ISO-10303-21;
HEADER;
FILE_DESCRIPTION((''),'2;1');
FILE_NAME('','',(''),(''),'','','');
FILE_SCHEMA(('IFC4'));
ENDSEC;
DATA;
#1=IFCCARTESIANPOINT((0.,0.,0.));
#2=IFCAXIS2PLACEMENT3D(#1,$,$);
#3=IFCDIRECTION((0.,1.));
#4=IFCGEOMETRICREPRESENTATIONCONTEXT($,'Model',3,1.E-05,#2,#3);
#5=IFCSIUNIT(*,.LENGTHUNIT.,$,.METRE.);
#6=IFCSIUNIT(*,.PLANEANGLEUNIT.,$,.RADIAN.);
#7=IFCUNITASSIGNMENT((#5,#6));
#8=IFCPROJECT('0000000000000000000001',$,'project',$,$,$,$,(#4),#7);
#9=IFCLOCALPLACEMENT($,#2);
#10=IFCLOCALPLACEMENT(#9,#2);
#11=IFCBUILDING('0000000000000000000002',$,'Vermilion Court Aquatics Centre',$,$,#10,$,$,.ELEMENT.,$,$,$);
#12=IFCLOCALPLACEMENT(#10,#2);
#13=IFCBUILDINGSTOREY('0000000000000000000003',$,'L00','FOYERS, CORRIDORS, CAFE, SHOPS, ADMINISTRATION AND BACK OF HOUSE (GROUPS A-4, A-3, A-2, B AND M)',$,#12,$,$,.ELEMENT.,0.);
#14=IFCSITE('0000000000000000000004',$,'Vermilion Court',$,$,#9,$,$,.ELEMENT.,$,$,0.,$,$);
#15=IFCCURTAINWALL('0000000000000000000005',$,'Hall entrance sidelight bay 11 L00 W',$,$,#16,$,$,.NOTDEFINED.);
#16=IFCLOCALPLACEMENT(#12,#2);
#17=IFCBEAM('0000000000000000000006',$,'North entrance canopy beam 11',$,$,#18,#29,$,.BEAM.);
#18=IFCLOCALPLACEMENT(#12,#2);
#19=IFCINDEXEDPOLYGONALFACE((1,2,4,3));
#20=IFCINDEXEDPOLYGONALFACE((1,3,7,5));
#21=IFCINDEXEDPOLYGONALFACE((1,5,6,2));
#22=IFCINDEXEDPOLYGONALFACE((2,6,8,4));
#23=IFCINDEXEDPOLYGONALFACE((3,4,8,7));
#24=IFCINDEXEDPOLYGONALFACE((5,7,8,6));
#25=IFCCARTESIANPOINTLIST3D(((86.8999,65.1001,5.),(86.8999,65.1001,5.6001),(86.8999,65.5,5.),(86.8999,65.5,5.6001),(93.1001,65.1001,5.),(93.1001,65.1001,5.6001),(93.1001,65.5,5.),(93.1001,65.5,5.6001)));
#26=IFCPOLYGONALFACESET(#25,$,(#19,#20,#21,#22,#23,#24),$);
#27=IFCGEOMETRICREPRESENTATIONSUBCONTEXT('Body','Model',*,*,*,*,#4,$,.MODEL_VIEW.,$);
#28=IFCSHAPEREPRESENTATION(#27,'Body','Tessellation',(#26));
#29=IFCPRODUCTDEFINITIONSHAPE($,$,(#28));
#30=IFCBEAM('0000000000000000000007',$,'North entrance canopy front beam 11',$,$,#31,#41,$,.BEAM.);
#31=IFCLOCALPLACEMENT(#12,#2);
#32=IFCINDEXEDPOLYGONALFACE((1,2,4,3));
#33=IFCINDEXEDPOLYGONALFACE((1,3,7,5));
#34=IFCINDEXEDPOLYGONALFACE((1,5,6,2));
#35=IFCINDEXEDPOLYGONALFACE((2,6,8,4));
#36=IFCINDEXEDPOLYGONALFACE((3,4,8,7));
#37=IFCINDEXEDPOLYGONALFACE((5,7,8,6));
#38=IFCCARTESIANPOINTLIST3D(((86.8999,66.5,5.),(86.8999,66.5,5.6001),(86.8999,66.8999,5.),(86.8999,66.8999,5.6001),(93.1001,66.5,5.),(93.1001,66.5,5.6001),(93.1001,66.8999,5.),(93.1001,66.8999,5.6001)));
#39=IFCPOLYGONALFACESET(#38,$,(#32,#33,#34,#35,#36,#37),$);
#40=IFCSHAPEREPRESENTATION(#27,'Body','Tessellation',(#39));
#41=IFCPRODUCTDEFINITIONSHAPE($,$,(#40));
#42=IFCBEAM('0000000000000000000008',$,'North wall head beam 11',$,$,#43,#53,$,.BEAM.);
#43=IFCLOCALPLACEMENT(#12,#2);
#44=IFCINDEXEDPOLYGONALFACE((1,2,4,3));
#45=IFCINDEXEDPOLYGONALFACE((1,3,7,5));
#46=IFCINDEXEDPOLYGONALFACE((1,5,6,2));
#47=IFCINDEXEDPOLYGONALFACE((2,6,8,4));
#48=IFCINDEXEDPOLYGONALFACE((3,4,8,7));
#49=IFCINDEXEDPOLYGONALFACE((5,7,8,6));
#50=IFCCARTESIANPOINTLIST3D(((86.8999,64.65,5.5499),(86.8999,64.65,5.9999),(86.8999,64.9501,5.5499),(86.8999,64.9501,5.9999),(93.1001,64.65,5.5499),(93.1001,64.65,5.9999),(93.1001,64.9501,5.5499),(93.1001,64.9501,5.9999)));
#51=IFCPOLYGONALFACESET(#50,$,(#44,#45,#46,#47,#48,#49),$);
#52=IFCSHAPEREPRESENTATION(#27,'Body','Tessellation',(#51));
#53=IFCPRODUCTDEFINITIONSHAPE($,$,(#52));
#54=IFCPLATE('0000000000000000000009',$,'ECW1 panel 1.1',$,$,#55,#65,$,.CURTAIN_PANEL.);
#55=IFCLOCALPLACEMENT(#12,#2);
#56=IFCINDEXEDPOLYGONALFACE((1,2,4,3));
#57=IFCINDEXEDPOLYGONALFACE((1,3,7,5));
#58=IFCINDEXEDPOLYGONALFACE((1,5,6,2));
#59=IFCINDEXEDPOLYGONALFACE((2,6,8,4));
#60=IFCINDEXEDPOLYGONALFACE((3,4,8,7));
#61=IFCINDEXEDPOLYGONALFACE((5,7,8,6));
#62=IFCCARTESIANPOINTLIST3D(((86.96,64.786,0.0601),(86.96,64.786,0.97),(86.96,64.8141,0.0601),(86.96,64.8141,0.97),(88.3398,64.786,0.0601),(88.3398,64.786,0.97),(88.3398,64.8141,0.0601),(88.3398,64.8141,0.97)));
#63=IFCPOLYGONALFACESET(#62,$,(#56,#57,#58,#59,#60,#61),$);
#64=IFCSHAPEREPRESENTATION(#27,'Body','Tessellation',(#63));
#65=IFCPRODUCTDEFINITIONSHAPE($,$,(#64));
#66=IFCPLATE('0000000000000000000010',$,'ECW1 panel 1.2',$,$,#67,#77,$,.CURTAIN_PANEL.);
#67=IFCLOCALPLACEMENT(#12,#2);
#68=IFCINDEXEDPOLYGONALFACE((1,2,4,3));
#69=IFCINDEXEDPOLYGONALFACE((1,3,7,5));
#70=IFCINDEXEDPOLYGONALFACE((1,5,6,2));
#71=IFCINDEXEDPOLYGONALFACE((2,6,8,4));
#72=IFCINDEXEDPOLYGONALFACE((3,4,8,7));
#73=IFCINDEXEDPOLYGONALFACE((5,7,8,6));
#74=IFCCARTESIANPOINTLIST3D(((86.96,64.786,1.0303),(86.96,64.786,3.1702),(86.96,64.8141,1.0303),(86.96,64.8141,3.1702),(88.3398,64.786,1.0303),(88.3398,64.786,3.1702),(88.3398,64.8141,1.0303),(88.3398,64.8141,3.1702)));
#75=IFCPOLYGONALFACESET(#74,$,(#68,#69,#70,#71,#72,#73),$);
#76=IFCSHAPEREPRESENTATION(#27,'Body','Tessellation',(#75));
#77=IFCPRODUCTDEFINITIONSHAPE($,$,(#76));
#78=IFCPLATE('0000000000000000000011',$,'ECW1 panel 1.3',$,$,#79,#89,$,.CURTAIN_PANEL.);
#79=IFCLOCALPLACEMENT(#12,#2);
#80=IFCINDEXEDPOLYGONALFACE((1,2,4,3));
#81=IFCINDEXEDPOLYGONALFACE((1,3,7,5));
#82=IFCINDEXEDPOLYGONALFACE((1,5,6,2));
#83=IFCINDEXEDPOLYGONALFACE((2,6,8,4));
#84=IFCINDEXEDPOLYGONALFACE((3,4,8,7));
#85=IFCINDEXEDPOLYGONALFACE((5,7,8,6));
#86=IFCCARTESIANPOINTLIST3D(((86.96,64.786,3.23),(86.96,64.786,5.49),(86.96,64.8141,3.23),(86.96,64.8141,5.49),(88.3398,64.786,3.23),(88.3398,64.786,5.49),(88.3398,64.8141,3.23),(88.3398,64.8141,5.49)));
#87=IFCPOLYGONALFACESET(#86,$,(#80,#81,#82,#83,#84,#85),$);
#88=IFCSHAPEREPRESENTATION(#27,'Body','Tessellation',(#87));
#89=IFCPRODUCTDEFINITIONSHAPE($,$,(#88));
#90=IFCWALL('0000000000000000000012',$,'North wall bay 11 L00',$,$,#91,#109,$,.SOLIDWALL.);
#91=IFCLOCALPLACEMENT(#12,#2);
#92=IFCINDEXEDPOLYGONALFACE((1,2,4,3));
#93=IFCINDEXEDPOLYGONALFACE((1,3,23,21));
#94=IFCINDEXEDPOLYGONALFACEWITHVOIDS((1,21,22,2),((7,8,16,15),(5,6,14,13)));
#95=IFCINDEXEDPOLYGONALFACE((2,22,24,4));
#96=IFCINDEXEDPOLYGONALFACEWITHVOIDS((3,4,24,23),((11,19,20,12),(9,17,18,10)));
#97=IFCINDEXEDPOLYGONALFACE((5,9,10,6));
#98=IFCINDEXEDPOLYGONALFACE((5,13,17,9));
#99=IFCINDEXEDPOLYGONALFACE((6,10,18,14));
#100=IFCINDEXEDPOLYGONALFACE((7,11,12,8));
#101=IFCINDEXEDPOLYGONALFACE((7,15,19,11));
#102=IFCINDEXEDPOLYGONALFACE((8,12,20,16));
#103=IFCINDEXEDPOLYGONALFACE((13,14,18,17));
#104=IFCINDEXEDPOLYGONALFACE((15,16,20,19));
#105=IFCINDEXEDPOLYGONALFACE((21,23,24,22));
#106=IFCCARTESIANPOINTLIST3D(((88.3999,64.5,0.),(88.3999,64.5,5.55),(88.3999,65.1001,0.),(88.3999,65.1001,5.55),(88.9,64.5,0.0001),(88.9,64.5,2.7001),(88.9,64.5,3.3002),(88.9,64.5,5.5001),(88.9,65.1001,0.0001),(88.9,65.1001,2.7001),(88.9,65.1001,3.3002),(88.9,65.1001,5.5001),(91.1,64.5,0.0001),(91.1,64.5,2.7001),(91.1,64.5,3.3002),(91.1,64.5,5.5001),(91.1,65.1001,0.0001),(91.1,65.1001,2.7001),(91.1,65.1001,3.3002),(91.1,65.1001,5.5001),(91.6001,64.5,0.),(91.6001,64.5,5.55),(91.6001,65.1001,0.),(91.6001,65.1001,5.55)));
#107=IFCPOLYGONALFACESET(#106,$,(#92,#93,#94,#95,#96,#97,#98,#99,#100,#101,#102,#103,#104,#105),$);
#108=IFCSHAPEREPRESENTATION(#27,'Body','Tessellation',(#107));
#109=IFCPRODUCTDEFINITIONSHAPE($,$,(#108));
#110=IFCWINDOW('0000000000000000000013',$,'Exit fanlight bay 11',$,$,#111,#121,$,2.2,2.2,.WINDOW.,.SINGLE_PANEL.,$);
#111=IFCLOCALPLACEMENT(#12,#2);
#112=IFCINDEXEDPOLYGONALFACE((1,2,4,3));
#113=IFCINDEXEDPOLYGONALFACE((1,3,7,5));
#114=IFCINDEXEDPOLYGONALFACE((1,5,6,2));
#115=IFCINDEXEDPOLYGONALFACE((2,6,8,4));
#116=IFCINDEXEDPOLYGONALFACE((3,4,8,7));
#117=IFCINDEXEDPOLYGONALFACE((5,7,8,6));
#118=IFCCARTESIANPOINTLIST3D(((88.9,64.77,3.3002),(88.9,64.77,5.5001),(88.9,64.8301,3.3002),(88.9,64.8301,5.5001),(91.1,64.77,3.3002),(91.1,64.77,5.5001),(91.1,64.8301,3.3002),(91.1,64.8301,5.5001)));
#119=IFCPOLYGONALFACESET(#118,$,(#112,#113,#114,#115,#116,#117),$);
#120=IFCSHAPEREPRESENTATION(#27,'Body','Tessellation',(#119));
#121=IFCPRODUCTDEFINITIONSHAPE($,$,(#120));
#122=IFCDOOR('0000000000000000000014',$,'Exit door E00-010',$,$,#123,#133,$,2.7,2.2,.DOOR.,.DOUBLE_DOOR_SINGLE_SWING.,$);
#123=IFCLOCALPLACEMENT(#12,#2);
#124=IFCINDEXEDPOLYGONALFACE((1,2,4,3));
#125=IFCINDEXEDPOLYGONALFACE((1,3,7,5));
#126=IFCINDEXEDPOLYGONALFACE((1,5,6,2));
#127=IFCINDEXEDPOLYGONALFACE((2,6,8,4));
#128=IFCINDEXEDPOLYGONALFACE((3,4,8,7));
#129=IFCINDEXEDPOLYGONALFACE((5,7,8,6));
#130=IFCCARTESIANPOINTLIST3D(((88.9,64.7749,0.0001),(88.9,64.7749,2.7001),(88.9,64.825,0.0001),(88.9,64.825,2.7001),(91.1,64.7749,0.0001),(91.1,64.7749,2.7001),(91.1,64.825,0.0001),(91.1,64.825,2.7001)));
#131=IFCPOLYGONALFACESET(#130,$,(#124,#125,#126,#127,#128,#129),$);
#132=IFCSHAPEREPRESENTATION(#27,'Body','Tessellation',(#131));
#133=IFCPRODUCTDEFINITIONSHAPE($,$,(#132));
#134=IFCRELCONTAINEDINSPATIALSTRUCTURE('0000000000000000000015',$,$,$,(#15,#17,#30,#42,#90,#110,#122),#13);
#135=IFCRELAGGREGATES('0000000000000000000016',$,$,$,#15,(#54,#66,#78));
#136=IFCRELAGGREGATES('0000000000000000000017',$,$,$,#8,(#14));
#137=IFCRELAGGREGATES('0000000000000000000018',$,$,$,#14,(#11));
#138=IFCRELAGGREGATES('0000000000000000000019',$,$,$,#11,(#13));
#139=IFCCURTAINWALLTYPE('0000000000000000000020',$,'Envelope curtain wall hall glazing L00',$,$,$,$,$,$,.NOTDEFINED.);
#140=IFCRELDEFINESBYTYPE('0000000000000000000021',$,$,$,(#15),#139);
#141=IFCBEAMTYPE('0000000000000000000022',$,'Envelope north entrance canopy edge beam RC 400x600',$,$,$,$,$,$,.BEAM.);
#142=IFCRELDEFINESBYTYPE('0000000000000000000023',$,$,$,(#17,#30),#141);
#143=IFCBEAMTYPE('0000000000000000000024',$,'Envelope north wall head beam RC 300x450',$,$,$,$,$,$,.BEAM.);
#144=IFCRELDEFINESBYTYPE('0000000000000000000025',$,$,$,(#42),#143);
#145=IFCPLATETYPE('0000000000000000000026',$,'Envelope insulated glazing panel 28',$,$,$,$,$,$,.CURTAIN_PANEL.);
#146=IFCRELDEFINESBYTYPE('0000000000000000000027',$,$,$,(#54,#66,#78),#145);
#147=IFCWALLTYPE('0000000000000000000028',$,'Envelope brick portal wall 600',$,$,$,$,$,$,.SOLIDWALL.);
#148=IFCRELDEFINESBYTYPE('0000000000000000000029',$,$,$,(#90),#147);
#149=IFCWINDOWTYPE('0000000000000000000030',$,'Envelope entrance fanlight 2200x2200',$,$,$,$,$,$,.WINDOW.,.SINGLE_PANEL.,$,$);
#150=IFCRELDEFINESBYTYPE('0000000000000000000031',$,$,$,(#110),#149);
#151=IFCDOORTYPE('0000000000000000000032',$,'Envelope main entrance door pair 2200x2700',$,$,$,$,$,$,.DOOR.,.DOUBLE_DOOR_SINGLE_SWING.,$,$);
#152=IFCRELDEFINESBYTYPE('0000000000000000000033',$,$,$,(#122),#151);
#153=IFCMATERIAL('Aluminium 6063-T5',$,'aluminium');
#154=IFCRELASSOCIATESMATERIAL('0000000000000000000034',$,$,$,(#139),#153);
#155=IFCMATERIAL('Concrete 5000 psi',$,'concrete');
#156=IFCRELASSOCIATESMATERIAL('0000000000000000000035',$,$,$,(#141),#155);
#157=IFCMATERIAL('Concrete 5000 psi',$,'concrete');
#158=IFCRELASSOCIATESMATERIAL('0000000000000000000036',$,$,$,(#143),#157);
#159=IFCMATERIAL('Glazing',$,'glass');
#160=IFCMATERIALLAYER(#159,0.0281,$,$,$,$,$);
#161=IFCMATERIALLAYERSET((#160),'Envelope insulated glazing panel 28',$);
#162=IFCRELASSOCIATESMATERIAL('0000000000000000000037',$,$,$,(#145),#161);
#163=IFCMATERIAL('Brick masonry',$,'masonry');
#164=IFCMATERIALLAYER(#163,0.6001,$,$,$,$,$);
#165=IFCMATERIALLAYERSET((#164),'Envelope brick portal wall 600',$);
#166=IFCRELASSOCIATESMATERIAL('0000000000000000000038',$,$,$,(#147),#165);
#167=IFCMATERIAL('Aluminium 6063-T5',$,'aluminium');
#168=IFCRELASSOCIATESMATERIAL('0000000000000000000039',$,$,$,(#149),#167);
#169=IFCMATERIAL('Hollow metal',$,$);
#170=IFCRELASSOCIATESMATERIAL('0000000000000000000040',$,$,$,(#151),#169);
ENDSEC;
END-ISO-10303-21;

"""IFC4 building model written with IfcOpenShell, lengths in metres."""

from ifc_helpers import new_model, si_unit, direction, frame, frame_2d, origin, origin_2d, place, context, subcontext, project, spatial, rectangle, extrude, material, layer, layer_set, material_profile, profile_set, type_object, element, fill, aggregate, save


model = new_model("IFC4")

# Units and contexts
model_context = context("Model", 3, precision=1e-05, world=origin(), true_north=direction((0.0, 1.0)))
body_context = subcontext(model_context, "Body", "Model", "MODEL_VIEW")
ifc_project = project(units=[si_unit("LENGTHUNIT", "METRE"), si_unit("PLANEANGLEUNIT", "RADIAN")], contexts=[model_context])

# Site, building, storey
site_placement = place(None, origin())
site = spatial("IfcSite", under=ifc_project, at=site_placement, Name="Vermilion Court", CompositionType="ELEMENT", RefElevation=0.0)
building_placement = place(site_placement, origin())
building = spatial("IfcBuilding", under=site, at=building_placement, Name="Vermilion Court Aquatics Centre", CompositionType="ELEMENT")
storey_placement = place(building_placement, origin())
storey = spatial("IfcBuildingStorey", under=building, at=storey_placement, Name="L00", Description="FOYERS, CORRIDORS, CAFE, SHOPS, ADMINISTRATION AND BACK OF HOUSE (GROUPS A-4, A-3, A-2, B AND M)", CompositionType="ELEMENT", Elevation=0.0)

# Curtain wall
ifc_material_1 = material(Name="Aluminium 6063-T5", Category="aluminium")
curtain_wall_type = type_object("IfcCurtainWallType", Name="Envelope curtain wall hall glazing L00", PredefinedType="NOTDEFINED", material=ifc_material_1)
curtain_wall_1_placement = place(storey_placement, origin())
curtain_wall_1 = element("IfcCurtainWall", 1, at=curtain_wall_1_placement, inside=storey, type_object=curtain_wall_type, Name="Hall entrance sidelight bay 11 L00 W", PredefinedType="NOTDEFINED")

# Beams
ifc_material_2 = material(Name="Concrete 5000 psi", Category="concrete")
ifc_material_profile_1 = material_profile(ifc_material_2, rectangle(XDim=0.3999, YDim=0.6001, at=origin_2d()), Name="RC 400x600")
ifc_profile_set_1 = profile_set([ifc_material_profile_1], Name="Concrete 5000 psi")
beam_type_1 = type_object("IfcBeamType", Name="Envelope north entrance canopy edge beam RC 400x600", PredefinedType="BEAM", material=ifc_profile_set_1)
for number, where, z_axis, x_axis, name in (
    (2, (86.8999, 65.3, 5.3), (1.0, 0.0, 0.0), (0.0, 1.0, 0.0), "North entrance canopy beam 11"),
    (3, (86.8999, 66.7, 5.3), (1.0, 0.0, 0.0), (0.0, 1.0, 0.0), "North entrance canopy front beam 11"),
):
    element("IfcBeam", number, at=place(storey_placement, frame(where, z_axis=z_axis, x_axis=x_axis)), inside=storey, type_object=beam_type_1, Name=name, PredefinedType="BEAM", context=body_context, shape_type="SweptSolid", body=[
        extrude(rectangle(XDim=0.3999, YDim=0.6001, at=origin_2d()), origin(), (0.0, 0.0, 1.0), 6.2002),
    ])
ifc_material_3 = material(Name="Concrete 5000 psi", Category="concrete")
ifc_material_profile_2 = material_profile(ifc_material_3, rectangle(XDim=0.3, YDim=0.45, at=origin_2d()), Name="RC 300x450")
ifc_profile_set_2 = profile_set([ifc_material_profile_2], Name="Concrete 5000 psi")
beam_type_2 = type_object("IfcBeamType", Name="Envelope north wall head beam RC 300x450", PredefinedType="BEAM", material=ifc_profile_set_2)
beam_1_placement = place(storey_placement, frame((86.8999, 64.8, 5.7749), z_axis=(1.0, 0.0, 0.0), x_axis=(0.0, 1.0, 0.0)))
element("IfcBeam", 4, at=beam_1_placement, inside=storey, type_object=beam_type_2, Name="North wall head beam 11", PredefinedType="BEAM", context=body_context, shape_type="SweptSolid", body=[
    extrude(rectangle(XDim=0.3, YDim=0.45, at=origin_2d()), origin(), (0.0, 0.0, 1.0), 6.2002),
])

# Plates
ifc_material_4 = material(Name="Glazing", Category="glass")
ifc_layer_1 = layer(ifc_material_4, 0.0281)
ifc_layer_set_1 = layer_set([ifc_layer_1], Name="Envelope insulated glazing panel 28")
plate_type = type_object("IfcPlateType", Name="Envelope insulated glazing panel 28", PredefinedType="CURTAIN_PANEL", material=ifc_layer_set_1)
plate_1_placement = place(storey_placement, frame((87.6499, 64.8, 0.0601), z_axis=(0.0, 0.0, 1.0), x_axis=(1.0, 0.0, 0.0)))
plate_1 = element("IfcPlate", 5, at=plate_1_placement, type_object=plate_type, Name="ECW1 panel 1.1", PredefinedType="CURTAIN_PANEL", context=body_context, shape_type="SweptSolid", body=[
    extrude(rectangle(XDim=1.3799, YDim=0.0281, at=origin_2d()), origin(), (0.0, 0.0, 1.0), 0.9099),
])
plate_2_placement = place(storey_placement, frame((87.6499, 64.8, 1.0303), z_axis=(0.0, 0.0, 1.0), x_axis=(1.0, 0.0, 0.0)))
plate_2 = element("IfcPlate", 6, at=plate_2_placement, type_object=plate_type, Name="ECW1 panel 1.2", PredefinedType="CURTAIN_PANEL", context=body_context, shape_type="SweptSolid", body=[
    extrude(rectangle(XDim=1.3799, YDim=0.0281, at=origin_2d()), origin(), (0.0, 0.0, 1.0), 2.1399),
])
plate_3_placement = place(storey_placement, frame((87.6499, 64.8, 3.23), z_axis=(0.0, 0.0, 1.0), x_axis=(1.0, 0.0, 0.0)))
plate_3 = element("IfcPlate", 7, at=plate_3_placement, type_object=plate_type, Name="ECW1 panel 1.3", PredefinedType="CURTAIN_PANEL", context=body_context, shape_type="SweptSolid", body=[
    extrude(rectangle(XDim=1.3799, YDim=0.0281, at=origin_2d()), origin(), (0.0, 0.0, 1.0), 2.26),
])
aggregate(curtain_wall_1, [plate_1, plate_2, plate_3])

# Wall, openings, window, door
ifc_material_5 = material(Name="Brick masonry", Category="masonry")
ifc_layer_2 = layer(ifc_material_5, 0.6001)
ifc_layer_set_2 = layer_set([ifc_layer_2], Name="Envelope brick portal wall 600")
wall_type = type_object("IfcWallType", Name="Envelope brick portal wall 600", PredefinedType="SOLIDWALL", material=ifc_layer_set_2)
wall_placement = place(storey_placement, frame((88.3999, 64.8, 0.0), z_axis=(0.0, 0.0, 1.0), x_axis=(1.0, 0.0, 0.0)))
wall = element("IfcWall", 8, at=wall_placement, inside=storey, type_object=wall_type, Name="North wall bay 11 L00", PredefinedType="SOLIDWALL", context=body_context, shape_type="SweptSolid", body=[
    extrude(rectangle(XDim=3.2002, YDim=0.6001, at=frame_2d((1.6001, 0.0))), origin(), (0.0, 0.0, 1.0), 5.55),
])
opening_1_placement = place(wall_placement, frame((0.5, 0.0, 0.0)))
opening_1 = element("IfcOpeningElement", 9, at=opening_1_placement, cuts=wall, PredefinedType="OPENING", context=body_context, shape_type="SweptSolid", body=[
    extrude(rectangle(XDim=2.2, YDim=2.7, at=frame_2d((1.1001, 1.3501))), frame((0.0, 0.3101, 0.0), z_axis=(0.0, -1.0, 0.0), x_axis=(1.0, 0.0, 0.0)), (0.0, 0.0, 1.0), 0.6201),
])
opening_2_placement = place(wall_placement, frame((0.5, 0.0, 3.3)))
opening_2 = element("IfcOpeningElement", 10, at=opening_2_placement, cuts=wall, PredefinedType="OPENING", context=body_context, shape_type="SweptSolid", body=[
    extrude(rectangle(XDim=2.2, YDim=2.2, at=frame_2d((1.1001, 1.1001))), frame((0.0, 0.3101, 0.0), z_axis=(0.0, -1.0, 0.0), x_axis=(1.0, 0.0, 0.0)), (0.0, 0.0, 1.0), 0.6201),
])
ifc_material_6 = material(Name="Aluminium 6063-T5", Category="aluminium")
window_type = type_object("IfcWindowType", Name="Envelope entrance fanlight 2200x2200", PartitioningType="SINGLE_PANEL", PredefinedType="WINDOW", material=ifc_material_6)
window_placement = place(opening_2_placement, origin())
window = element("IfcWindow", 11, at=window_placement, inside=storey, type_object=window_type, Name="Exit fanlight bay 11", OverallHeight=2.2, OverallWidth=2.2, PartitioningType="SINGLE_PANEL", PredefinedType="WINDOW", context=body_context, shape_type="SweptSolid", body=[
    extrude(rectangle(XDim=2.2, YDim=2.2, at=frame_2d((1.1001, 1.1001))), frame((0.0, 0.03, 0.0), z_axis=(0.0, -1.0, 0.0), x_axis=(1.0, 0.0, 0.0)), (0.0, 0.0, 1.0), 0.0601),
])
fill(opening_2, window)
ifc_material_7 = material(Name="Hollow metal")
door_type = type_object("IfcDoorType", Name="Envelope main entrance door pair 2200x2700", OperationType="DOUBLE_DOOR_SINGLE_SWING", PredefinedType="DOOR", material=ifc_material_7)
door_placement = place(opening_1_placement, origin())
door = element("IfcDoor", 12, at=door_placement, inside=storey, type_object=door_type, Name="Exit door E00-010", OperationType="DOUBLE_DOOR_SINGLE_SWING", OverallHeight=2.7, OverallWidth=2.2, PredefinedType="DOOR", context=body_context, shape_type="SweptSolid", body=[
    extrude(rectangle(XDim=2.2, YDim=2.7, at=frame_2d((1.1001, 1.3501))), frame((0.0, 0.0249, 0.0), z_axis=(0.0, -1.0, 0.0), x_axis=(1.0, 0.0, 0.0)), (0.0, 0.0, 1.0), 0.05),
])
fill(opening_1, door)

save(model, "model.ifc")
